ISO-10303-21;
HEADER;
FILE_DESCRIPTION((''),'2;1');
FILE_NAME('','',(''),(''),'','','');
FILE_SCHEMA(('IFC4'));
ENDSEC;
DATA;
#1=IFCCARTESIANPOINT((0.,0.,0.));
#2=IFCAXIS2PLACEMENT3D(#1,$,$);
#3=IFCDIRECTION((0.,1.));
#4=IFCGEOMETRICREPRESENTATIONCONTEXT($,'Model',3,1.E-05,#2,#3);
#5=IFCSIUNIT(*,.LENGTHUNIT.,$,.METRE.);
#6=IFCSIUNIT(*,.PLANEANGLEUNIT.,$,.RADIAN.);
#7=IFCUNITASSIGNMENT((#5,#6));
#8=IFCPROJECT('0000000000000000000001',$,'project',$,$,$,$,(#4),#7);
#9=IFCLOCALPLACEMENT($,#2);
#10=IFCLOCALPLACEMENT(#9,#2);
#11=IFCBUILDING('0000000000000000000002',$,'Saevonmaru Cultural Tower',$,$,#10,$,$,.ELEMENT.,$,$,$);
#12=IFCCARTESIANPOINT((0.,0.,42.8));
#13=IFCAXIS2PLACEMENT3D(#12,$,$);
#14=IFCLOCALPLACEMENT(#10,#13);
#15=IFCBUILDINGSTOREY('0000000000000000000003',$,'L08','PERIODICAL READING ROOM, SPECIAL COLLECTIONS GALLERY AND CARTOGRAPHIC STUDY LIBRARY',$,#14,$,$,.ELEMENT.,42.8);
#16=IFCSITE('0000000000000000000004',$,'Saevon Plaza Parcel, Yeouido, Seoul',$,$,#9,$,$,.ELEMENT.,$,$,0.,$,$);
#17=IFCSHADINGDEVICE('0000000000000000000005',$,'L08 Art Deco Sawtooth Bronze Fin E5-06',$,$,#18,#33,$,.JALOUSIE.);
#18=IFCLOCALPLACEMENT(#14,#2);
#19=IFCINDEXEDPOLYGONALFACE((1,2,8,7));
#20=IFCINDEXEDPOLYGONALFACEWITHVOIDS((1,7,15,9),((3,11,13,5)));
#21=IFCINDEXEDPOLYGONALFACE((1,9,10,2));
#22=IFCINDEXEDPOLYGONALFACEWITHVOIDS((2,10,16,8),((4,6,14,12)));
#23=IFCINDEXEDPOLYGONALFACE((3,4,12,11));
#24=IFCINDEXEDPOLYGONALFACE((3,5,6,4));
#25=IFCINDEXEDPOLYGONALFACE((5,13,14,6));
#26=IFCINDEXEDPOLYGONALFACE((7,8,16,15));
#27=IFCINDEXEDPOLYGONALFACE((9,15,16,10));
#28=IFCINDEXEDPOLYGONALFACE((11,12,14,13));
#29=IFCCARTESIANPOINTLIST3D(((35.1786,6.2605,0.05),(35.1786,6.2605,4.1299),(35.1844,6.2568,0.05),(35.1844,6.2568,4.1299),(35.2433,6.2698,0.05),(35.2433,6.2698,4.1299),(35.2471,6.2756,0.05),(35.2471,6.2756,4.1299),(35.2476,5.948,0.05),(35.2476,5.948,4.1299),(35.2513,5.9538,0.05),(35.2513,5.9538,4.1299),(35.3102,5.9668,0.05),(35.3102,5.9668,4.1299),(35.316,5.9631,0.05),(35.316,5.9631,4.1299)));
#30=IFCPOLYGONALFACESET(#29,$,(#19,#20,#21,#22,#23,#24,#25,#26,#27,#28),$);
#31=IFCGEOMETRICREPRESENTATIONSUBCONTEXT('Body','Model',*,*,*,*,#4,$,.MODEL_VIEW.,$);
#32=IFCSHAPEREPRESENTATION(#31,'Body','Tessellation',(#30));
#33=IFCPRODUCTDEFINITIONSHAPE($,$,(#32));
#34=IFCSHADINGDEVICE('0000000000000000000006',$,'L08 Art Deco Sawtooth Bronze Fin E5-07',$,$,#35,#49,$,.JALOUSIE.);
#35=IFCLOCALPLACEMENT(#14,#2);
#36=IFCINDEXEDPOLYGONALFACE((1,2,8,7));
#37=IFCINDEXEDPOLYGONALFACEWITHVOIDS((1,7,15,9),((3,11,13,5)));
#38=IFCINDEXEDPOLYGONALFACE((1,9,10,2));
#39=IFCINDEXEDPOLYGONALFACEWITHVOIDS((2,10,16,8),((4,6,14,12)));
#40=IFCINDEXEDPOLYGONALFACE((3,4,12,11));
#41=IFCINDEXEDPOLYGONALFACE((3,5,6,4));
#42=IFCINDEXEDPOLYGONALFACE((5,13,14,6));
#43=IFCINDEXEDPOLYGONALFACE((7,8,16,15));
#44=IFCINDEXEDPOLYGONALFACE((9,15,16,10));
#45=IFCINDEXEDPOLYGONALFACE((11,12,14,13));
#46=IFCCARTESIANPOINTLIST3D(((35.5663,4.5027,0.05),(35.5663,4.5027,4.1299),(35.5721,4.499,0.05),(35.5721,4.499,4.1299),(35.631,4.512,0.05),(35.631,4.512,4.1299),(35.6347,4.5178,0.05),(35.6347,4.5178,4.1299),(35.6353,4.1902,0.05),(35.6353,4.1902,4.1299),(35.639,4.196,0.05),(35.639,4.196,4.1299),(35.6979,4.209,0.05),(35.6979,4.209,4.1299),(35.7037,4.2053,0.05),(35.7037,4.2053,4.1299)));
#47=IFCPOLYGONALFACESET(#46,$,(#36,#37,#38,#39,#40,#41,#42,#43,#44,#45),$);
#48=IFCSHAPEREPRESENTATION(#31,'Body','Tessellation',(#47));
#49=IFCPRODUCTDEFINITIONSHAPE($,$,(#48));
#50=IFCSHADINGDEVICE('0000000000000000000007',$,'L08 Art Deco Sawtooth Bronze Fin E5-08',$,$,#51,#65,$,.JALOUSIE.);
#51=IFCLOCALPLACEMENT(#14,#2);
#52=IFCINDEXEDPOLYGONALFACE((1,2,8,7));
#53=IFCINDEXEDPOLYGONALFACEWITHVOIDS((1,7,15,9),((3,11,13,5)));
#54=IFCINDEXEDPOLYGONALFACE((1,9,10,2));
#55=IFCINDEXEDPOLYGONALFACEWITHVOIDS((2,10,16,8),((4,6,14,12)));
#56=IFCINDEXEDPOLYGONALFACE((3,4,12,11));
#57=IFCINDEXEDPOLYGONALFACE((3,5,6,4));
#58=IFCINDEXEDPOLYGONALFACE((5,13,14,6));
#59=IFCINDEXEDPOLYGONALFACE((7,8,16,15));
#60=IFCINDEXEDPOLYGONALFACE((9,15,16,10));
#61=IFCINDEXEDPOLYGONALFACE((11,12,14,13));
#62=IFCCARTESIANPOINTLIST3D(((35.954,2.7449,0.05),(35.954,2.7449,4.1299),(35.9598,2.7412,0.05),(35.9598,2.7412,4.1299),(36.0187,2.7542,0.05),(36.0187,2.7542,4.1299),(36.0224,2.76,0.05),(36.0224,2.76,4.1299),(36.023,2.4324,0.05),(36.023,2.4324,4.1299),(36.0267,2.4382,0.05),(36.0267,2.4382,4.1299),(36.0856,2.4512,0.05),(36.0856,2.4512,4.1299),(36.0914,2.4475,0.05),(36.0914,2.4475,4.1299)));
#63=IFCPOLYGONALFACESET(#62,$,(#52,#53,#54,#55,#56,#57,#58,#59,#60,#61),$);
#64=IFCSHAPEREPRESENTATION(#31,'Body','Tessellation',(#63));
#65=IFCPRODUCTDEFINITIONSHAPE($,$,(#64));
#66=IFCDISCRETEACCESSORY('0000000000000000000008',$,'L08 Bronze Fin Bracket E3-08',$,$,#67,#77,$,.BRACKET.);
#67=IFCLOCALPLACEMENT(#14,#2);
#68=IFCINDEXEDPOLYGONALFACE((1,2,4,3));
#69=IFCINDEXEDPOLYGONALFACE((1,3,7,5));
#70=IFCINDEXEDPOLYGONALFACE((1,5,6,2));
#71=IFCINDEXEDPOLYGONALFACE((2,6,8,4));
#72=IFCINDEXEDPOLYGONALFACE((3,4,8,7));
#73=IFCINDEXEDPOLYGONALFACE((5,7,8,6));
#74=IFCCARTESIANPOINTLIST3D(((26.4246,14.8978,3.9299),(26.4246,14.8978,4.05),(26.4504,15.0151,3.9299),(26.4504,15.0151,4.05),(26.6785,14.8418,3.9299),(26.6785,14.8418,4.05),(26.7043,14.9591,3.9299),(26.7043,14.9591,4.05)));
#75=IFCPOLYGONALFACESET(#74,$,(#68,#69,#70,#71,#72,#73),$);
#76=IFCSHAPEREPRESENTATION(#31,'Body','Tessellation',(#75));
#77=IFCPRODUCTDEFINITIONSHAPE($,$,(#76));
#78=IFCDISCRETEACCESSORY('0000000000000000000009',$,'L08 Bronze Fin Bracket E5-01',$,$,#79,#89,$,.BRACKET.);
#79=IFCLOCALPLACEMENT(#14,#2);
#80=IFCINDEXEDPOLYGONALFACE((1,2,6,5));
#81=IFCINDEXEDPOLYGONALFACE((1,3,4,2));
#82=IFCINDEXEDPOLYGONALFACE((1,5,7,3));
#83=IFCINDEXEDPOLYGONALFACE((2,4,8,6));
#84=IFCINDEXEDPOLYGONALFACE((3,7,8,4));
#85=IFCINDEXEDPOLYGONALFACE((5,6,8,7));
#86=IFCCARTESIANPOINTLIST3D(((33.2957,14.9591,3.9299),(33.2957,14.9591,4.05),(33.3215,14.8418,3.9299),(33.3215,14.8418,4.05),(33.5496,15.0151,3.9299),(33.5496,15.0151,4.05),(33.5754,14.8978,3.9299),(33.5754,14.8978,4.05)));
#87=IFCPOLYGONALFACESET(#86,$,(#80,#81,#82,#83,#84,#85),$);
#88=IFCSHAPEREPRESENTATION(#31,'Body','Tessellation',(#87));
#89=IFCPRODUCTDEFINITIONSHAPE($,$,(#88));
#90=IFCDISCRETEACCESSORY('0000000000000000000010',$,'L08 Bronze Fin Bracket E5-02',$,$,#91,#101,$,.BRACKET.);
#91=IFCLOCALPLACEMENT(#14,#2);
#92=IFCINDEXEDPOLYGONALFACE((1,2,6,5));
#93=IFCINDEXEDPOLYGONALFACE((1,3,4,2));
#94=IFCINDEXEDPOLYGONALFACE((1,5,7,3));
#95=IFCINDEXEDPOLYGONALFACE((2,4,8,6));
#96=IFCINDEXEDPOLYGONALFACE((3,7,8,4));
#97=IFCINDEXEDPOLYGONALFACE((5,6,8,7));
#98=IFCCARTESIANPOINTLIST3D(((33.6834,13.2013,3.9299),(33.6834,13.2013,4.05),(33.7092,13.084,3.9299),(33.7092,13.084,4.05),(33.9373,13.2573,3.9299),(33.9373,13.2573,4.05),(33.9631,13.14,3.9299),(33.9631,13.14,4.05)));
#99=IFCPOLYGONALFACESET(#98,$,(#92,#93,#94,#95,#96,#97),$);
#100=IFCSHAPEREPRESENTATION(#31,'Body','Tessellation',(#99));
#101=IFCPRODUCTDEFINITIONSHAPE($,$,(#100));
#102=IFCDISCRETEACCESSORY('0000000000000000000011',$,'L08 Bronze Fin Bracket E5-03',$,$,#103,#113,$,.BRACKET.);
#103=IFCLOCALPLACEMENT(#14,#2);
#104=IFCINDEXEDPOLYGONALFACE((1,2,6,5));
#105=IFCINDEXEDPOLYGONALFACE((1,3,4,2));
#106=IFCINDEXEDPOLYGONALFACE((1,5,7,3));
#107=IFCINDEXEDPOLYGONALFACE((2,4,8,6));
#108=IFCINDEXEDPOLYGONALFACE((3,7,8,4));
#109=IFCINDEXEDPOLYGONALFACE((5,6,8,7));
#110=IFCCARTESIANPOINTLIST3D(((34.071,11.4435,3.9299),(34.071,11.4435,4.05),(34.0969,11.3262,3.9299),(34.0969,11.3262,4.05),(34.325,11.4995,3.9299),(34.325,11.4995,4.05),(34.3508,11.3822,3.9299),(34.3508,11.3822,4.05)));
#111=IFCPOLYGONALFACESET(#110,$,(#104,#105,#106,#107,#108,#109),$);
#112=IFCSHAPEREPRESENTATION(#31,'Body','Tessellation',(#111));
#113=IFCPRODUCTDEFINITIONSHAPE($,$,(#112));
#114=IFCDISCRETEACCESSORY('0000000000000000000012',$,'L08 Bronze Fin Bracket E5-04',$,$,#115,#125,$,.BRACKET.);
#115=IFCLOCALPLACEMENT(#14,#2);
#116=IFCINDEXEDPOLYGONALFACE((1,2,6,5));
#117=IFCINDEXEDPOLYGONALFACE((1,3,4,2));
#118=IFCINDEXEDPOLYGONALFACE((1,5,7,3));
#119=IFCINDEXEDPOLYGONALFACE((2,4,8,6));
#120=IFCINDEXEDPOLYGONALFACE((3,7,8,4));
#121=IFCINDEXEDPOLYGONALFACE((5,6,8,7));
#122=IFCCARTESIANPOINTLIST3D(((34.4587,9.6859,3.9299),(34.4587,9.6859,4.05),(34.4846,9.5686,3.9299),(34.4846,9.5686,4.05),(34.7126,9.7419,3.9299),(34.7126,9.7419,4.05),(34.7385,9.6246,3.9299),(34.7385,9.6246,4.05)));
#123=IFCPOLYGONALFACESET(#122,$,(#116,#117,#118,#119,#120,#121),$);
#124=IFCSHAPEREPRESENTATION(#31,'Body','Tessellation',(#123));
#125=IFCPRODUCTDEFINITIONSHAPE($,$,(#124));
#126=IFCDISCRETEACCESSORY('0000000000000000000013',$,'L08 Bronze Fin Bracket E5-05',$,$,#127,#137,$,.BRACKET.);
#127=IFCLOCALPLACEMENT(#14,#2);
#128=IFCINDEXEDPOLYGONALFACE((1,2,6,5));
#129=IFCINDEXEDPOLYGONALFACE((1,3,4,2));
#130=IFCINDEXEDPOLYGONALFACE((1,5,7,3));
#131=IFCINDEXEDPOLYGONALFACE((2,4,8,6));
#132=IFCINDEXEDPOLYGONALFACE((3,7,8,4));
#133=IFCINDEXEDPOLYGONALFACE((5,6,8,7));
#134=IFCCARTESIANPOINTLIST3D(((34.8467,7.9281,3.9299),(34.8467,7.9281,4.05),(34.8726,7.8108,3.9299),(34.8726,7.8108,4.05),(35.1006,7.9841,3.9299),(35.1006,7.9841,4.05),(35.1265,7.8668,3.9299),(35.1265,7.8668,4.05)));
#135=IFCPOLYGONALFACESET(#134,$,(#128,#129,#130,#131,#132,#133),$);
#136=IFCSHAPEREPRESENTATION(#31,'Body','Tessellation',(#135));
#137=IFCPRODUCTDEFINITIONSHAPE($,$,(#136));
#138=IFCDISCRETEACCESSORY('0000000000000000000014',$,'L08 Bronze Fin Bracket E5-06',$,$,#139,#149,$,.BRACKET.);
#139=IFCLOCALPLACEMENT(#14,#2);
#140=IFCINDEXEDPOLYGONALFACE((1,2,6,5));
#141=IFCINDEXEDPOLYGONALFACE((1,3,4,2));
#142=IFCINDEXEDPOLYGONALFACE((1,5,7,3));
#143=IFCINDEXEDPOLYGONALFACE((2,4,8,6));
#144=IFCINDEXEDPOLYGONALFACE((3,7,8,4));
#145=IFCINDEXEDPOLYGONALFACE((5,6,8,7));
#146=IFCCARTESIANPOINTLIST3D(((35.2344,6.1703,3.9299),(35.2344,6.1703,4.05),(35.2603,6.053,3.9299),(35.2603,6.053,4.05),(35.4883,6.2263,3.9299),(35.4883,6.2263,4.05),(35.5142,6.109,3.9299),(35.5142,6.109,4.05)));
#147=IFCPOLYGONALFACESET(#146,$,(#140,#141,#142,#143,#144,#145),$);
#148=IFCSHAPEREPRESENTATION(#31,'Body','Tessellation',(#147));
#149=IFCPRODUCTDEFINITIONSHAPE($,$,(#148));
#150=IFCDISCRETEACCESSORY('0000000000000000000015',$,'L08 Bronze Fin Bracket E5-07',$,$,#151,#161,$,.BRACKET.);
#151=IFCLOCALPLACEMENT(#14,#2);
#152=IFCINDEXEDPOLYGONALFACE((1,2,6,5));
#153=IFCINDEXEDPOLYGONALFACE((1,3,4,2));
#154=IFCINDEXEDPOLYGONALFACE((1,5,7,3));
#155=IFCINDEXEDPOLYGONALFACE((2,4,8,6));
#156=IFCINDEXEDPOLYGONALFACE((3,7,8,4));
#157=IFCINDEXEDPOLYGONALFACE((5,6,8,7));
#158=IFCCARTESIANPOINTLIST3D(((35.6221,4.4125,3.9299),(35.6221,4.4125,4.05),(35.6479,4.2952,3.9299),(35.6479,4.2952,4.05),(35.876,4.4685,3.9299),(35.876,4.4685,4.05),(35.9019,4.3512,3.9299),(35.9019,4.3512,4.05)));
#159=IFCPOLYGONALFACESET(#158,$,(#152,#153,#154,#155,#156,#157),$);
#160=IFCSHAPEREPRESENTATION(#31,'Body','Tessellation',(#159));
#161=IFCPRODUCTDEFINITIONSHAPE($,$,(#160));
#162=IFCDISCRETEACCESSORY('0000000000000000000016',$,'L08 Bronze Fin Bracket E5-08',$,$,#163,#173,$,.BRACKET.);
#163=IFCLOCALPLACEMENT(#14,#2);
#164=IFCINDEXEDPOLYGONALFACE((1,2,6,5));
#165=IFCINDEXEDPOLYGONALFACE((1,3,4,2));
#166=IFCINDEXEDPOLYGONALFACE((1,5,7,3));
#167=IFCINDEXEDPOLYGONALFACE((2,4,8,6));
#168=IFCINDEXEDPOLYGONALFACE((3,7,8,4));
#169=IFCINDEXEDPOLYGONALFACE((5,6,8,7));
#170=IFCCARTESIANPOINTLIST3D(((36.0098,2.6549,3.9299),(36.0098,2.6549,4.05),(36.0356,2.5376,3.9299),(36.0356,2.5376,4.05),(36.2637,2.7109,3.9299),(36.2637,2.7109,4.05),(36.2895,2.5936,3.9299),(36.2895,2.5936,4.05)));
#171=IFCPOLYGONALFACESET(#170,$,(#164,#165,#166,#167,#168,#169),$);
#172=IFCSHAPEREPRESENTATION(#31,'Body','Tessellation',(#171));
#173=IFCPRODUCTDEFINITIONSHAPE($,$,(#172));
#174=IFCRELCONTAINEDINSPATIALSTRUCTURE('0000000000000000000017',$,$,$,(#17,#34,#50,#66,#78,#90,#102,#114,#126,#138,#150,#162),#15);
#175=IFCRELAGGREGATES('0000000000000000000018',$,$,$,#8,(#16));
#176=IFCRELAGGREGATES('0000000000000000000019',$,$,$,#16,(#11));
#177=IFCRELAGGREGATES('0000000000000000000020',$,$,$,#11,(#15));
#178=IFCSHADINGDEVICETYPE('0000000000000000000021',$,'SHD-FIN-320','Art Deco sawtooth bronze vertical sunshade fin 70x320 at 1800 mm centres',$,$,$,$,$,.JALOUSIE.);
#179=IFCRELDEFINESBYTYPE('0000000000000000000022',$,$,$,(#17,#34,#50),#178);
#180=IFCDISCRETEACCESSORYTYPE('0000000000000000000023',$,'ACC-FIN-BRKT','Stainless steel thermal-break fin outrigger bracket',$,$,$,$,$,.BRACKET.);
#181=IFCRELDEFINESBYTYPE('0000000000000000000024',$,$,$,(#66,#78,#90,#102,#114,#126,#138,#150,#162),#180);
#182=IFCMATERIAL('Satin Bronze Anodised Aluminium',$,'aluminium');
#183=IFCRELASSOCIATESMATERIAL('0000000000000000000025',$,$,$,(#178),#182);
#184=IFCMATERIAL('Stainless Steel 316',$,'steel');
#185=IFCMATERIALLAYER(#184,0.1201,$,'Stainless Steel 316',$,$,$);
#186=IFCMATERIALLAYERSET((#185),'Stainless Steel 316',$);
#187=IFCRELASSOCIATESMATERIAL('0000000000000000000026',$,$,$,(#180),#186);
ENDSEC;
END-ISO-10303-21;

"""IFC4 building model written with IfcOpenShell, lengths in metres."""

from ifc_helpers import new_model, si_unit, direction, frame, origin, origin_2d, place, context, subcontext, project, spatial, rectangle, hollow_rectangle, extrude, material, layer, layer_set, material_profile, profile_set, type_object, element, save


model = new_model("IFC4")

# Units and contexts
model_context = context("Model", 3, precision=1e-05, world=origin(), true_north=direction((0.0, 1.0)))
body_context = subcontext(model_context, "Body", "Model", "MODEL_VIEW")
ifc_project = project(units=[si_unit("LENGTHUNIT", "METRE"), si_unit("PLANEANGLEUNIT", "RADIAN")], contexts=[model_context])

# Site, building, storey
site_placement = place(None, origin())
site = spatial("IfcSite", under=ifc_project, at=site_placement, Name="Saevon Plaza Parcel, Yeouido, Seoul", CompositionType="ELEMENT", RefElevation=0.0)
building_placement = place(site_placement, origin())
building = spatial("IfcBuilding", under=site, at=building_placement, Name="Saevonmaru Cultural Tower", CompositionType="ELEMENT")
storey_placement = place(building_placement, frame((0.0, 0.0, 42.8)))
storey = spatial("IfcBuildingStorey", under=building, at=storey_placement, Name="L08", Description="PERIODICAL READING ROOM, SPECIAL COLLECTIONS GALLERY AND CARTOGRAPHIC STUDY LIBRARY", CompositionType="ELEMENT", Elevation=42.8)

# Shared definitions
ifc_material_1 = material(Name="Satin Bronze Anodised Aluminium", Category="aluminium")

# Shading devices
ifc_material_profile_1 = material_profile(ifc_material_1, hollow_rectangle(XDim=0.0701, YDim=0.3201, WallThickness=0.0049, at=origin_2d()), Name="FIN-320x70")
ifc_profile_set_1 = profile_set([ifc_material_profile_1], Name="Satin Bronze Anodised Aluminium")
shading_device_type = type_object("IfcShadingDeviceType", Name="SHD-FIN-320", Description="Art Deco sawtooth bronze vertical sunshade fin 70x320 at 1800 mm centres", PredefinedType="JALOUSIE", material=ifc_profile_set_1)
for number, where, z_axis, x_axis, name in (
    (1, (35.2473, 6.1118, 0.05), (0.0, 0.0, 1.0), (-0.976522, -0.215417, 0.0), "L08 Art Deco Sawtooth Bronze Fin E5-06"),
    (2, (35.635, 4.354, 0.05), (0.0, 0.0, 1.0), (-0.976522, -0.215417, 0.0), "L08 Art Deco Sawtooth Bronze Fin E5-07"),
    (3, (36.0227, 2.5962, 0.05), (0.0, 0.0, 1.0), (-0.976522, -0.215417, 0.0), "L08 Art Deco Sawtooth Bronze Fin E5-08"),
):
    element("IfcShadingDevice", number, at=place(storey_placement, frame(where, z_axis=z_axis, x_axis=x_axis)), inside=storey, type_object=shading_device_type, Name=name, PredefinedType="JALOUSIE", context=body_context, shape_type="SweptSolid", body=[
        extrude(hollow_rectangle(XDim=0.0701, YDim=0.3201, WallThickness=0.0049, at=origin_2d()), origin(), (0.0, 0.0, 1.0), 4.0798),
    ])

# Discrete accessories
ifc_material_2 = material(Name="Stainless Steel 316", Category="steel")
ifc_layer_1 = layer(ifc_material_2, 0.1201, Name="Stainless Steel 316")
ifc_layer_set_1 = layer_set([ifc_layer_1], Name="Stainless Steel 316")
discrete_accessory_type = type_object("IfcDiscreteAccessoryType", Name="ACC-FIN-BRKT", Description="Stainless steel thermal-break fin outrigger bracket", PredefinedType="BRACKET", material=ifc_layer_set_1)
for number, where, z_axis, x_axis, name in (
    (4, (26.5645, 14.9285, 3.9299), (0.0, 0.0, 1.0), (0.976522, -0.215417, 0.0), "L08 Bronze Fin Bracket E3-08"),
    (5, (33.4355, 14.9285, 3.9299), (0.0, 0.0, 1.0), (-0.976522, -0.215417, 0.0), "L08 Bronze Fin Bracket E5-01"),
    (6, (33.8232, 13.1707, 3.9299), (0.0, 0.0, 1.0), (-0.976522, -0.215417, 0.0), "L08 Bronze Fin Bracket E5-02"),
    (7, (34.2109, 11.4128, 3.9299), (0.0, 0.0, 1.0), (-0.976522, -0.215417, 0.0), "L08 Bronze Fin Bracket E5-03"),
    (8, (34.5986, 9.6553, 3.9299), (0.0, 0.0, 1.0), (-0.976522, -0.215417, 0.0), "L08 Bronze Fin Bracket E5-04"),
    (9, (34.9866, 7.8975, 3.9299), (0.0, 0.0, 1.0), (-0.976522, -0.215417, 0.0), "L08 Bronze Fin Bracket E5-05"),
    (10, (35.3743, 6.1396, 3.9299), (0.0, 0.0, 1.0), (-0.976522, -0.215417, 0.0), "L08 Bronze Fin Bracket E5-06"),
    (11, (35.762, 4.3818, 3.9299), (0.0, 0.0, 1.0), (-0.976522, -0.215417, 0.0), "L08 Bronze Fin Bracket E5-07"),
    (12, (36.1497, 2.6243, 3.9299), (0.0, 0.0, 1.0), (-0.976522, -0.215417, 0.0), "L08 Bronze Fin Bracket E5-08"),
):
    element("IfcDiscreteAccessory", number, at=place(storey_placement, frame(where, z_axis=z_axis, x_axis=x_axis)), inside=storey, type_object=discrete_accessory_type, Name=name, PredefinedType="BRACKET", context=body_context, shape_type="SweptSolid", body=[
        extrude(rectangle(XDim=0.26, YDim=0.1201, at=origin_2d()), origin(), (0.0, 0.0, 1.0), 0.1201),
    ])

save(model, "model.ifc")
